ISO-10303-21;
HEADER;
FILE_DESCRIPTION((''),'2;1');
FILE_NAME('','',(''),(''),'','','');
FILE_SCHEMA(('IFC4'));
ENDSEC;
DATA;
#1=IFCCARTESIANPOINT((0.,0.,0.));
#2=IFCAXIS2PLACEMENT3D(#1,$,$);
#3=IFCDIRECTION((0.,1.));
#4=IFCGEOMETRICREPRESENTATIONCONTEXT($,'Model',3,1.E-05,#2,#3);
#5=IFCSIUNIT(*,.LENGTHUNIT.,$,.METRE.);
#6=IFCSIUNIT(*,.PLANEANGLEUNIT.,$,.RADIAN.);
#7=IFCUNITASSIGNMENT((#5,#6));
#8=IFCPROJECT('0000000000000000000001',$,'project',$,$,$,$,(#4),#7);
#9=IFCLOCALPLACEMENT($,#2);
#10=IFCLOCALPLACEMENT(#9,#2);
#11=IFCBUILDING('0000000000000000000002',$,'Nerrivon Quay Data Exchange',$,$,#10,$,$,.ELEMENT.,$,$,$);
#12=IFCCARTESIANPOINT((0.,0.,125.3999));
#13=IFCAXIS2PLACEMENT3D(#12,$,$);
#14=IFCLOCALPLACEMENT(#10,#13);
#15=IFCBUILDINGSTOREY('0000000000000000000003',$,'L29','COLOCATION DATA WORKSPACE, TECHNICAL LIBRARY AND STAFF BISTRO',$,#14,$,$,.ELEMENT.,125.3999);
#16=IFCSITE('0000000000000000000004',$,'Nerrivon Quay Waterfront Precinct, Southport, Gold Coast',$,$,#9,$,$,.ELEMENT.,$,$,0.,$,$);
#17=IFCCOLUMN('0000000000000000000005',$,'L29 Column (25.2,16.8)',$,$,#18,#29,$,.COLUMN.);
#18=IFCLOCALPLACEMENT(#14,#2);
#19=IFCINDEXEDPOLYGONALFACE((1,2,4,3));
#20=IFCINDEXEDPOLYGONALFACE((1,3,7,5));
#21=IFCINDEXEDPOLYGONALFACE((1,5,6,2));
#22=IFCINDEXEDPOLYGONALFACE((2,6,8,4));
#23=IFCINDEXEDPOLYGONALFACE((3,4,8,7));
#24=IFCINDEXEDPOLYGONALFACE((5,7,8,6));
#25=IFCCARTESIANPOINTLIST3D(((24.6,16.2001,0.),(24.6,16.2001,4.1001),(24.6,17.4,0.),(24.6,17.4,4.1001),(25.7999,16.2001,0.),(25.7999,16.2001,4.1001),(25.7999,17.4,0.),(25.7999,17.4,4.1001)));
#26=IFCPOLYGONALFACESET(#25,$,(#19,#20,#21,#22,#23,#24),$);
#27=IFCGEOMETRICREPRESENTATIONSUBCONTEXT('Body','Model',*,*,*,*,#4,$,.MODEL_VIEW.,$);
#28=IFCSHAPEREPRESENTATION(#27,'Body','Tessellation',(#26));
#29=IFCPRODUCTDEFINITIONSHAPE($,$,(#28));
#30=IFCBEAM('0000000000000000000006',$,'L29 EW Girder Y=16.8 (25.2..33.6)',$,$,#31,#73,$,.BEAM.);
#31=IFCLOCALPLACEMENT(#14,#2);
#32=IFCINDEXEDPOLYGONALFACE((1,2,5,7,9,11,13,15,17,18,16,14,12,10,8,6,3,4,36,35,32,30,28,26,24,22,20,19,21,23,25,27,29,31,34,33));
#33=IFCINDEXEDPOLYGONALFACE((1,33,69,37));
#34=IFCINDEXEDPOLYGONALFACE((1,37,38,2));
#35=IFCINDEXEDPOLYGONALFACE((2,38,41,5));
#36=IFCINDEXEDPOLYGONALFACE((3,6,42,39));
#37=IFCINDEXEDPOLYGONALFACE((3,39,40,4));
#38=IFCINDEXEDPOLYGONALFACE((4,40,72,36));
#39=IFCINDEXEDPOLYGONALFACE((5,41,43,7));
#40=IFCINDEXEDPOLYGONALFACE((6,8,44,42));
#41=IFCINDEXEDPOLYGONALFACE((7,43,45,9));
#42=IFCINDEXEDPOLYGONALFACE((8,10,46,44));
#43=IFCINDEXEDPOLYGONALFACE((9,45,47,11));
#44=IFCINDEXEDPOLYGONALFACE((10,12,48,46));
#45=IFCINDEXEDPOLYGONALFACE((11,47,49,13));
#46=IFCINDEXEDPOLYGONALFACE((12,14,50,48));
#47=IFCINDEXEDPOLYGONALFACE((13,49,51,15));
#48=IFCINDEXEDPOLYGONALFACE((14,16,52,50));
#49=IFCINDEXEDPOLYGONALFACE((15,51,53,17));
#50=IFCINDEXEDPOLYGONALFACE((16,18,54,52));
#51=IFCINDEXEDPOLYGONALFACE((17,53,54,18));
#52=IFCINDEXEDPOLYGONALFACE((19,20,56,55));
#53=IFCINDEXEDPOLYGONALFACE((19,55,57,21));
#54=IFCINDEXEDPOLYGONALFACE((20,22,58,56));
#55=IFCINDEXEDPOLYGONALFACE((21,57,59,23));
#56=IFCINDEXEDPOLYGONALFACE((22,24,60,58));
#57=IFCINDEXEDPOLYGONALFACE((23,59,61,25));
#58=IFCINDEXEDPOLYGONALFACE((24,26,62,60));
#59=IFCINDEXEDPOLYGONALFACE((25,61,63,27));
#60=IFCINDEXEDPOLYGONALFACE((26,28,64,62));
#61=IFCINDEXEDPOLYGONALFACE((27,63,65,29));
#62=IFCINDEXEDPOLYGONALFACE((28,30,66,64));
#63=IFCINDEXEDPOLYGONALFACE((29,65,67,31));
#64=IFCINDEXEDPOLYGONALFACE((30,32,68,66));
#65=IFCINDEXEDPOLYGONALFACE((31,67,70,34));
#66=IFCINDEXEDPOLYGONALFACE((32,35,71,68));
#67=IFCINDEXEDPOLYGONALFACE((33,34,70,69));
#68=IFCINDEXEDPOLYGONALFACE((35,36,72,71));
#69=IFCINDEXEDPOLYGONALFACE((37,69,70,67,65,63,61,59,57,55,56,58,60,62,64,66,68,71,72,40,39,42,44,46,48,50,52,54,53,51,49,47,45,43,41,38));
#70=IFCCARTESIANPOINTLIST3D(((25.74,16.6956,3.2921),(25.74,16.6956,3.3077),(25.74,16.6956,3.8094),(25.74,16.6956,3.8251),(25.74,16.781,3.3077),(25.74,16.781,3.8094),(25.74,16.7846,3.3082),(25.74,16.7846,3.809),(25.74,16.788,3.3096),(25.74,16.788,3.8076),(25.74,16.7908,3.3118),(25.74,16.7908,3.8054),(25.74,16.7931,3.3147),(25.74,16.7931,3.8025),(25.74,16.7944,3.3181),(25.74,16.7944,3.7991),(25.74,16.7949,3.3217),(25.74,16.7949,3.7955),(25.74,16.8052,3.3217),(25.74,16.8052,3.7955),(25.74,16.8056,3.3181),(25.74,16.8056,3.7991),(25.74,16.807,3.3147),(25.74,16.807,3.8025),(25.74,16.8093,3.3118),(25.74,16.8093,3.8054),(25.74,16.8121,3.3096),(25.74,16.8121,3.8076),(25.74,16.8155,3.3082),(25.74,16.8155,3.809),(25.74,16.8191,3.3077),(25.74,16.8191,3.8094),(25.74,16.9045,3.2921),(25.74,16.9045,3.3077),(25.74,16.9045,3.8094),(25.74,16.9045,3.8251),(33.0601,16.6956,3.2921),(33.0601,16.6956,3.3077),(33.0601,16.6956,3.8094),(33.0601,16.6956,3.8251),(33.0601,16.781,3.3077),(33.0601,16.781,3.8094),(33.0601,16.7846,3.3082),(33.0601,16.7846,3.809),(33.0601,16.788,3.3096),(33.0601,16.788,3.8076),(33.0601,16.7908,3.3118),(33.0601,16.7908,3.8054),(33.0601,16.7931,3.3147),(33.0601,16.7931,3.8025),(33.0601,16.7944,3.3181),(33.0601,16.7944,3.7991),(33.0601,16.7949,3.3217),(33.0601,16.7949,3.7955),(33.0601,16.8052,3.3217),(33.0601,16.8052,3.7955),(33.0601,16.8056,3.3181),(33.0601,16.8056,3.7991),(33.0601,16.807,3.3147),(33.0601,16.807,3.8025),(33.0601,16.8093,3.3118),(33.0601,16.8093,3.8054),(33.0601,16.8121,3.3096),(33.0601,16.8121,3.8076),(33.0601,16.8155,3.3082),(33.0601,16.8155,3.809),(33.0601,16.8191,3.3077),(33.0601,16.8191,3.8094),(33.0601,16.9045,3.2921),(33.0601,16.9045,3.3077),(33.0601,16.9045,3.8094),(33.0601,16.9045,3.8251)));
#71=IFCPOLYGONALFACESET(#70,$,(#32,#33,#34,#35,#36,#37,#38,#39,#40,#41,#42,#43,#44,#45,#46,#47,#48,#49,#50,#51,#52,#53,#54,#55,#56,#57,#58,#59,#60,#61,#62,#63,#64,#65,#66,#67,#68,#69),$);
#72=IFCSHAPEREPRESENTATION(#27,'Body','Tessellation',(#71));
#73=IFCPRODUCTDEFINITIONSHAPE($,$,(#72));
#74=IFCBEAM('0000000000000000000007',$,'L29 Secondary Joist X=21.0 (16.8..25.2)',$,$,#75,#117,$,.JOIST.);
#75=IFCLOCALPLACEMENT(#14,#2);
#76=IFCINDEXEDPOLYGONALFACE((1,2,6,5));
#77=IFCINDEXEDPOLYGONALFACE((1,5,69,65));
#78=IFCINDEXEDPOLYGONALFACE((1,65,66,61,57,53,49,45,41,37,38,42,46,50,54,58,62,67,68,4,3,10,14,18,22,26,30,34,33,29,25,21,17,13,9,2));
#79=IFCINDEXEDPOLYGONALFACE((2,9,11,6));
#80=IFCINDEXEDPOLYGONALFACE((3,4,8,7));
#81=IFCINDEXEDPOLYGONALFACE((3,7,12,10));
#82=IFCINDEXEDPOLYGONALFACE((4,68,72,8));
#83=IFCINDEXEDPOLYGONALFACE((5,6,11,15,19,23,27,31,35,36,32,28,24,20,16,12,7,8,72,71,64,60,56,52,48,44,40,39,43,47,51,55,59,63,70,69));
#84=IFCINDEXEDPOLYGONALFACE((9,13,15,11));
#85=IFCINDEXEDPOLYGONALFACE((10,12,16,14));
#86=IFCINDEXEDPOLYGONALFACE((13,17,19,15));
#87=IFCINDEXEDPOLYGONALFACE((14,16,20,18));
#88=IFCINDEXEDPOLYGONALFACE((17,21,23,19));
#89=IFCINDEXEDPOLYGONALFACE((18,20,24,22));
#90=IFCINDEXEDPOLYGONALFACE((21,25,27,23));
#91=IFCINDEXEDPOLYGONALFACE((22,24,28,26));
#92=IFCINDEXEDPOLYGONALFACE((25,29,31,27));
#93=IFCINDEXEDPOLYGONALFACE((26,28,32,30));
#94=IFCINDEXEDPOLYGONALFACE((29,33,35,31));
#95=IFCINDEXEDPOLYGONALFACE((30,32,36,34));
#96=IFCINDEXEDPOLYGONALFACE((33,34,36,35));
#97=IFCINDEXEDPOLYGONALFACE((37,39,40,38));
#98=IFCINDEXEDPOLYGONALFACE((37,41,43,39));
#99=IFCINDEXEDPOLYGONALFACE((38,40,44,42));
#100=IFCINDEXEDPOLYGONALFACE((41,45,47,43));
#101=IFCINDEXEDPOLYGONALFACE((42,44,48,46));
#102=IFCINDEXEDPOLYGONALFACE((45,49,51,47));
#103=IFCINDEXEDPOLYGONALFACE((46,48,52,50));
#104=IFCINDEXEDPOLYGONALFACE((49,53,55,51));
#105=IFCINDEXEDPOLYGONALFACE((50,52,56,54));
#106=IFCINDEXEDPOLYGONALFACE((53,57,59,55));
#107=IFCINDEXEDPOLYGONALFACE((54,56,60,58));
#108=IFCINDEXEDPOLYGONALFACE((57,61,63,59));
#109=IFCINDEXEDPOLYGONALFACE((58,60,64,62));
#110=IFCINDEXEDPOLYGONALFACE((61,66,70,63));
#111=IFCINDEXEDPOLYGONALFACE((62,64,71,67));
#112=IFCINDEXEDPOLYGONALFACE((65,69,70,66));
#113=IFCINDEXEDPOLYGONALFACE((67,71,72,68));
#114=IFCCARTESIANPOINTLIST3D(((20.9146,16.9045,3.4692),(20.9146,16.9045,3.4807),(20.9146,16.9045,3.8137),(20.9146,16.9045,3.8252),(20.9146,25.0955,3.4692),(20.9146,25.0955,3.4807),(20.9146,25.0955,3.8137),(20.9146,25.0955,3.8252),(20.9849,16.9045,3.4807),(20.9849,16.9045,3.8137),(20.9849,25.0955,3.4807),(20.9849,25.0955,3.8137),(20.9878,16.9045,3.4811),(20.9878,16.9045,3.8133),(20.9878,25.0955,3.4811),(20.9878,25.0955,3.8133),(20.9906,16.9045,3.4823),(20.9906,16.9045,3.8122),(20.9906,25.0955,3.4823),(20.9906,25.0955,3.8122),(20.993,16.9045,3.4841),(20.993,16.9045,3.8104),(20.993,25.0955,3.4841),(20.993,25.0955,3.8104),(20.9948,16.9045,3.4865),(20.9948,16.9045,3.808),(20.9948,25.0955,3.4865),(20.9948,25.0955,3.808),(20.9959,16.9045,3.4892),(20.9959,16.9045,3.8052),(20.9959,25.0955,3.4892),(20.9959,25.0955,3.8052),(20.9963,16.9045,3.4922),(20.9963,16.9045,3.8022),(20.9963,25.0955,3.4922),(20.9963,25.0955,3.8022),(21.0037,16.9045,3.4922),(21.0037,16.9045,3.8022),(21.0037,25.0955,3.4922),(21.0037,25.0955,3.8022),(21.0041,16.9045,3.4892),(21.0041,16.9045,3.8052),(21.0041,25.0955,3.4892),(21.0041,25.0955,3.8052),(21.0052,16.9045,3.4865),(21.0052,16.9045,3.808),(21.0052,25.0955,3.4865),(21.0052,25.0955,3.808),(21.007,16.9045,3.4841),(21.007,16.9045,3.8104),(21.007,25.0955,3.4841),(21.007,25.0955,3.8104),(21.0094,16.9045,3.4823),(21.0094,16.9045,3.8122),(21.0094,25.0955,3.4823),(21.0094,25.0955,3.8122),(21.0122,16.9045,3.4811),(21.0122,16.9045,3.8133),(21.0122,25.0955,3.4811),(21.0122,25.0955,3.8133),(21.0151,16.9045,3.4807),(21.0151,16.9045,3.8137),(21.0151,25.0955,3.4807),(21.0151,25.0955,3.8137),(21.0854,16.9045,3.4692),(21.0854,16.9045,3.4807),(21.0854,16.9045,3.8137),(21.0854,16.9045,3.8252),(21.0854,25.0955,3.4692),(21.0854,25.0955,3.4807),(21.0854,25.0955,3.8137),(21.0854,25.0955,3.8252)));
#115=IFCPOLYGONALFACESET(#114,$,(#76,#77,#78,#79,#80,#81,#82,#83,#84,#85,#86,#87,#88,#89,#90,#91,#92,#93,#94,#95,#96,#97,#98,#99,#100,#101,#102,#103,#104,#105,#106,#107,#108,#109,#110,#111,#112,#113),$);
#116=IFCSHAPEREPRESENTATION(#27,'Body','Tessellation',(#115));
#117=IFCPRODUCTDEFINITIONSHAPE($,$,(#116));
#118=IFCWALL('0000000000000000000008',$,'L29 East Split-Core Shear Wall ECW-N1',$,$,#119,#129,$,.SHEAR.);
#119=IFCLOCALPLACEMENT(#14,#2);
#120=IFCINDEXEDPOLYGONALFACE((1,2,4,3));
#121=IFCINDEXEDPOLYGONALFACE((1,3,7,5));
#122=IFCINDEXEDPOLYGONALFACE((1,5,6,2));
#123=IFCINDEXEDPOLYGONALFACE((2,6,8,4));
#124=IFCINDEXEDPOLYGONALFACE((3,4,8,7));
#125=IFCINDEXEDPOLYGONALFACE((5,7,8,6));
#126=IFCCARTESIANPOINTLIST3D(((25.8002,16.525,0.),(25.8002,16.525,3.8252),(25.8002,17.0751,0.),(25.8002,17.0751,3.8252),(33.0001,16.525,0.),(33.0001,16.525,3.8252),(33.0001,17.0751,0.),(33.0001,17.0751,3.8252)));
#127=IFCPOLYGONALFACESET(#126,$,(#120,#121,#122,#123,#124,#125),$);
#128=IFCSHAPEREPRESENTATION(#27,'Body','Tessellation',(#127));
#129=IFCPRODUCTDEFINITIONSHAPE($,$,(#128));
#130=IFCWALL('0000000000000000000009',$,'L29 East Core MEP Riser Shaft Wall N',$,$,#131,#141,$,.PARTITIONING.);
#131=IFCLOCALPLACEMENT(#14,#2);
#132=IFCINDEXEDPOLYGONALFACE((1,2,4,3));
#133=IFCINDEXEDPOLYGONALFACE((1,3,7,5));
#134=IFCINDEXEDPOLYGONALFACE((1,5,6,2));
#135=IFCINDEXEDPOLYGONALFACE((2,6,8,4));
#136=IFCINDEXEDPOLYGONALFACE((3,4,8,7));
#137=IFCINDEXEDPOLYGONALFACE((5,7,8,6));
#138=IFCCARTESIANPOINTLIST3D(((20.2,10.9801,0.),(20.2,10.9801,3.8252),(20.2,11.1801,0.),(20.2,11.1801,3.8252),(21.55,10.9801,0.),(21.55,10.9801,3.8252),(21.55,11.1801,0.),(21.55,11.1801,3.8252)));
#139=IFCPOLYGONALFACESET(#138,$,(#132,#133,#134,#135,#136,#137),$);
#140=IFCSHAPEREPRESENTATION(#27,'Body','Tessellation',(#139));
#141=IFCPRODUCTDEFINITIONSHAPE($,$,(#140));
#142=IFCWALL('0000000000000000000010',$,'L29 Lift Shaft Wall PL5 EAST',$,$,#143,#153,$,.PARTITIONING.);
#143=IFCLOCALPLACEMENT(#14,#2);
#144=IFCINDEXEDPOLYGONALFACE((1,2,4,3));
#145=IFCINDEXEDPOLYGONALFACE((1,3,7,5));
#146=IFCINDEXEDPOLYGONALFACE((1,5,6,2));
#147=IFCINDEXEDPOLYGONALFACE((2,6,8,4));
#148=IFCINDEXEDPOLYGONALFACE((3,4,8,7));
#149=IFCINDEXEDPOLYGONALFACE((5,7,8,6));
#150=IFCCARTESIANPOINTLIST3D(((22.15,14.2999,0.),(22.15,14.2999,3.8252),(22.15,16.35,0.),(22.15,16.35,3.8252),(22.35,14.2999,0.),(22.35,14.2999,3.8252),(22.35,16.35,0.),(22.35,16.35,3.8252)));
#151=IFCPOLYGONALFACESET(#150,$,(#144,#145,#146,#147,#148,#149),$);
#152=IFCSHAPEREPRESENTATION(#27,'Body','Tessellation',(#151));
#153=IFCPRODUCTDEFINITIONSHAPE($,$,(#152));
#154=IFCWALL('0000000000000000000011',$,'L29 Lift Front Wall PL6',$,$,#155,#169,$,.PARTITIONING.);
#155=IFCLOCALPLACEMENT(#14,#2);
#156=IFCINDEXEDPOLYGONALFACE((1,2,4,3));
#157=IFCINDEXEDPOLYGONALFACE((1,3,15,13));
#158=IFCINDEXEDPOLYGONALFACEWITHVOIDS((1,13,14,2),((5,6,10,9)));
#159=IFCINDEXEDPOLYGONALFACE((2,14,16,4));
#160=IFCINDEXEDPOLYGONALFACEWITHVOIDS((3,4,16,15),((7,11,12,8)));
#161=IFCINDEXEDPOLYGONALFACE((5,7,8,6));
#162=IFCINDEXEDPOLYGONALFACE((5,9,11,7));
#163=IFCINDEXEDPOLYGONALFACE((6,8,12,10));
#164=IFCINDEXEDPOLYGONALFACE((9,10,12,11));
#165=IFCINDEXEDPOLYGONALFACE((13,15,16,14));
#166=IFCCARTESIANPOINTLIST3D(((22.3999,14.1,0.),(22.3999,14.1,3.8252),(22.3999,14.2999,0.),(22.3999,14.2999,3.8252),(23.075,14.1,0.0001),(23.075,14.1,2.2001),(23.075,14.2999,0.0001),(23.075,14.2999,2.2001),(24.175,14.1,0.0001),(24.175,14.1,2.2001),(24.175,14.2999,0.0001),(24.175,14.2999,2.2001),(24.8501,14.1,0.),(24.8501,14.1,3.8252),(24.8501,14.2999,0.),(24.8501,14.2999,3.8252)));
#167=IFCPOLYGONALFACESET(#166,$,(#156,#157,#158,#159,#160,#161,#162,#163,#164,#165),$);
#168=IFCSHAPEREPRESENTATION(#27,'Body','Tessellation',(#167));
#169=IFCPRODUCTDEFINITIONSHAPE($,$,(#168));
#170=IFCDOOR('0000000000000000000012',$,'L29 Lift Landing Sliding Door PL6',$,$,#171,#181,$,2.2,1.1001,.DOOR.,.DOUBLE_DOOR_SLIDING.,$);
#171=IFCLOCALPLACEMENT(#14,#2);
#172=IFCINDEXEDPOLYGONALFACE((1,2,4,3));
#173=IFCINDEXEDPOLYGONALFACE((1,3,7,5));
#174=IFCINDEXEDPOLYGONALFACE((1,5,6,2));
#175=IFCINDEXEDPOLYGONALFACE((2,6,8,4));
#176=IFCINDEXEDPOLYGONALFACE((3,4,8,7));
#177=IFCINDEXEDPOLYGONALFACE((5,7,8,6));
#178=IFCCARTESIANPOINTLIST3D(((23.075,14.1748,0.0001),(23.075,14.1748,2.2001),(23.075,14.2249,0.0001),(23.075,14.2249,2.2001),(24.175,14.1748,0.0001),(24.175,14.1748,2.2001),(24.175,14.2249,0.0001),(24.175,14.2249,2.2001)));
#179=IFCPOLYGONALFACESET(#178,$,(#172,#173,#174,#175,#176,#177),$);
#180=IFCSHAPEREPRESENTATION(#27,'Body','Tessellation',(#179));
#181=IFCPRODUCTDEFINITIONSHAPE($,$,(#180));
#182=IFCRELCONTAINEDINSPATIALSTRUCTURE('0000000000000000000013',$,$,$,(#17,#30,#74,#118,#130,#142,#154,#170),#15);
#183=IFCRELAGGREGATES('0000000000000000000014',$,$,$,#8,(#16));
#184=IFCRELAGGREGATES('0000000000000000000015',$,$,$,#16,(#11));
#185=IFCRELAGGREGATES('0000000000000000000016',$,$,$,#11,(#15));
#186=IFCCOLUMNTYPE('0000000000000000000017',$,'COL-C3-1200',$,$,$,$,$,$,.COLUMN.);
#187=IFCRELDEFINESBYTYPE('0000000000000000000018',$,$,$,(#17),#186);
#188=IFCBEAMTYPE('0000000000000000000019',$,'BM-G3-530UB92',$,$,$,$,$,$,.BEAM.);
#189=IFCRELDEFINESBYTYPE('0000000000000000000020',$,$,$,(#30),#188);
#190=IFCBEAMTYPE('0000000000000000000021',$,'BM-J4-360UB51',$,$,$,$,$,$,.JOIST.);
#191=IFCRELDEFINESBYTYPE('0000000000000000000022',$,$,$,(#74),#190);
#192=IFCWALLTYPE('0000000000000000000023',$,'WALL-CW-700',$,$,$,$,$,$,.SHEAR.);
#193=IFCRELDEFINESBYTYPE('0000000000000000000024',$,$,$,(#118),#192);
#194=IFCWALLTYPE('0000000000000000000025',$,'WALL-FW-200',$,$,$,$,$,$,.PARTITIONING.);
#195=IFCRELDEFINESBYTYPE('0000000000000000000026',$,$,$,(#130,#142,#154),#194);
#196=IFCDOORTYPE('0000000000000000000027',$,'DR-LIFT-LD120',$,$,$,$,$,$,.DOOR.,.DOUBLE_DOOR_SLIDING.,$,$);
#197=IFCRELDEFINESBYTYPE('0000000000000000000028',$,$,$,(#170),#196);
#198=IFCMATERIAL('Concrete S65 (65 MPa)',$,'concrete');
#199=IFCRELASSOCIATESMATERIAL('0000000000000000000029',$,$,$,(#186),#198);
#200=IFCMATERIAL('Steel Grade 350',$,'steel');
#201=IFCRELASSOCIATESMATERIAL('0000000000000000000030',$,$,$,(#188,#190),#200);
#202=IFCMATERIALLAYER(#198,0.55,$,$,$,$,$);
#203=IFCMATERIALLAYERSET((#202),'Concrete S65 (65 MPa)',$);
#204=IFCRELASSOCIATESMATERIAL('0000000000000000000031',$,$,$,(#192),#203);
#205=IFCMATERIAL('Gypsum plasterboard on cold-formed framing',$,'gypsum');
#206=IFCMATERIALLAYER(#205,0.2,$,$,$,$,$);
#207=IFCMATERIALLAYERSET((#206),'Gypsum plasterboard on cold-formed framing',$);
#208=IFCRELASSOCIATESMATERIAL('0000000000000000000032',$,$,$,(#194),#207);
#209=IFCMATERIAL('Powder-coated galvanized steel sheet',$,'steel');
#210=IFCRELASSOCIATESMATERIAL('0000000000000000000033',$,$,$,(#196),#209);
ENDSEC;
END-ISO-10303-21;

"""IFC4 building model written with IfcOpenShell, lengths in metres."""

from ifc_helpers import new_model, si_unit, direction, frame, frame_2d, origin, origin_2d, place, context, subcontext, project, spatial, rectangle, i_section, extrude, material, layer, layer_set, material_profile, profile_set, type_object, element, fill, save


model = new_model("IFC4")

# Units and contexts
model_context = context("Model", 3, precision=1e-05, world=origin(), true_north=direction((0.0, 1.0)))
body_context = subcontext(model_context, "Body", "Model", "MODEL_VIEW")
ifc_project = project(units=[si_unit("LENGTHUNIT", "METRE"), si_unit("PLANEANGLEUNIT", "RADIAN")], contexts=[model_context])

# Site, building, storey
site_placement = place(None, origin())
site = spatial("IfcSite", under=ifc_project, at=site_placement, Name="Nerrivon Quay Waterfront Precinct, Southport, Gold Coast", CompositionType="ELEMENT", RefElevation=0.0)
building_placement = place(site_placement, origin())
building = spatial("IfcBuilding", under=site, at=building_placement, Name="Nerrivon Quay Data Exchange", CompositionType="ELEMENT")
storey_placement = place(building_placement, frame((0.0, 0.0, 125.3999)))
storey = spatial("IfcBuildingStorey", under=building, at=storey_placement, Name="L29", Description="COLOCATION DATA WORKSPACE, TECHNICAL LIBRARY AND STAFF BISTRO", CompositionType="ELEMENT", Elevation=125.3999)

# Column
ifc_material_1 = material(Name="Concrete S65 (65 MPa)", Category="concrete")
ifc_material_profile_1 = material_profile(ifc_material_1, rectangle(XDim=1.2, YDim=1.2, at=origin_2d()), Name="RC-COL-1200x1200")
ifc_profile_set_1 = profile_set([ifc_material_profile_1], Name="Concrete S65 (65 MPa)")
column_type = type_object("IfcColumnType", Name="COL-C3-1200", PredefinedType="COLUMN", material=ifc_profile_set_1)
column_placement = place(storey_placement, frame((25.2, 16.8, 0.0), z_axis=(0.0, 0.0, 1.0), x_axis=(1.0, 0.0, 0.0)))
element("IfcColumn", 1, at=column_placement, inside=storey, type_object=column_type, Name="L29 Column (25.2,16.8)", PredefinedType="COLUMN", context=body_context, shape_type="SweptSolid", body=[
    extrude(rectangle(XDim=1.2, YDim=1.2, at=origin_2d()), origin(), (0.0, 0.0, 1.0), 4.1001),
])

# Beams
ifc_material_2 = material(Name="Steel Grade 350", Category="steel")
ifc_material_profile_2 = material_profile(ifc_material_2, i_section(OverallWidth=0.209, OverallDepth=0.533, WebThickness=0.0103, FlangeThickness=0.0156, FilletRadius=0.0139, at=origin_2d()), Name="530UB92.4")
ifc_profile_set_2 = profile_set([ifc_material_profile_2], Name="Steel Grade 350")
beam_type_1 = type_object("IfcBeamType", Name="BM-G3-530UB92", PredefinedType="BEAM", material=ifc_profile_set_2)
beam_1_placement = place(storey_placement, frame((25.74, 16.8, 3.5586), z_axis=(1.0, 0.0, 0.0), x_axis=(0.0, 1.0, 0.0)))
element("IfcBeam", 2, at=beam_1_placement, inside=storey, type_object=beam_type_1, Name="L29 EW Girder Y=16.8 (25.2..33.6)", PredefinedType="BEAM", context=body_context, shape_type="SweptSolid", body=[
    extrude(i_section(OverallWidth=0.209, OverallDepth=0.533, WebThickness=0.0103, FlangeThickness=0.0156, FilletRadius=0.0139, at=origin_2d()), origin(), (0.0, 0.0, 1.0), 7.3201),
])
ifc_material_profile_3 = material_profile(ifc_material_2, i_section(OverallWidth=0.1709, OverallDepth=0.356, WebThickness=0.0073, FlangeThickness=0.0115, FilletRadius=0.0115, at=origin_2d()), Name="360UB50.7")
ifc_profile_set_3 = profile_set([ifc_material_profile_3], Name="Steel Grade 350")
beam_type_2 = type_object("IfcBeamType", Name="BM-J4-360UB51", PredefinedType="JOIST", material=ifc_profile_set_3)
beam_2_placement = place(storey_placement, frame((21.0, 16.9045, 3.6472), z_axis=(0.0, 1.0, 0.0), x_axis=(-1.0, 0.0, 0.0)))
element("IfcBeam", 3, at=beam_2_placement, inside=storey, type_object=beam_type_2, Name="L29 Secondary Joist X=21.0 (16.8..25.2)", PredefinedType="JOIST", context=body_context, shape_type="SweptSolid", body=[
    extrude(i_section(OverallWidth=0.1709, OverallDepth=0.356, WebThickness=0.0073, FlangeThickness=0.0115, FilletRadius=0.0115, at=origin_2d()), origin(), (0.0, 0.0, 1.0), 8.1909),
])

# Walls
ifc_layer_1 = layer(ifc_material_1, 0.55)
ifc_layer_set_1 = layer_set([ifc_layer_1], Name="Concrete S65 (65 MPa)")
wall_type_1 = type_object("IfcWallType", Name="WALL-CW-700", PredefinedType="SHEAR", material=ifc_layer_set_1)
wall_1_placement = place(storey_placement, frame((25.8, 16.8, 0.0), z_axis=(0.0, 0.0, 1.0), x_axis=(1.0, 0.0, 0.0)))
element("IfcWall", 4, at=wall_1_placement, inside=storey, type_object=wall_type_1, Name="L29 East Split-Core Shear Wall ECW-N1", PredefinedType="SHEAR", context=body_context, shape_type="SweptSolid", body=[
    extrude(rectangle(XDim=7.2, YDim=0.55, at=frame_2d((3.6001, 0.0))), origin(), (0.0, 0.0, 1.0), 3.8252),
])
ifc_material_3 = material(Name="Gypsum plasterboard on cold-formed framing", Category="gypsum")
ifc_layer_2 = layer(ifc_material_3, 0.2)
ifc_layer_set_2 = layer_set([ifc_layer_2], Name="Gypsum plasterboard on cold-formed framing")
wall_type_2 = type_object("IfcWallType", Name="WALL-FW-200", PredefinedType="PARTITIONING", material=ifc_layer_set_2)
wall_2_placement = place(storey_placement, frame((20.2, 11.0801, 0.0), z_axis=(0.0, 0.0, 1.0), x_axis=(1.0, 0.0, 0.0)))
element("IfcWall", 5, at=wall_2_placement, inside=storey, type_object=wall_type_2, Name="L29 East Core MEP Riser Shaft Wall N", PredefinedType="PARTITIONING", context=body_context, shape_type="SweptSolid", body=[
    extrude(rectangle(XDim=1.3501, YDim=0.2, at=frame_2d((0.675, 0.0))), origin(), (0.0, 0.0, 1.0), 3.8252),
])
wall_3_placement = place(storey_placement, frame((22.25, 14.3, 0.0), z_axis=(0.0, 0.0, 1.0), x_axis=(0.0, 1.0, 0.0)))
element("IfcWall", 6, at=wall_3_placement, inside=storey, type_object=wall_type_2, Name="L29 Lift Shaft Wall PL5 EAST", PredefinedType="PARTITIONING", context=body_context, shape_type="SweptSolid", body=[
    extrude(rectangle(XDim=2.05, YDim=0.2, at=frame_2d((1.0249, 0.0))), origin(), (0.0, 0.0, 1.0), 3.8252),
])

# Wall, opening, door
wall_4_placement = place(storey_placement, frame((22.3999, 14.2, 0.0), z_axis=(0.0, 0.0, 1.0), x_axis=(1.0, 0.0, 0.0)))
wall_4 = element("IfcWall", 7, at=wall_4_placement, inside=storey, type_object=wall_type_2, Name="L29 Lift Front Wall PL6", PredefinedType="PARTITIONING", context=body_context, shape_type="SweptSolid", body=[
    extrude(rectangle(XDim=2.4502, YDim=0.2, at=frame_2d((1.2251, 0.0))), origin(), (0.0, 0.0, 1.0), 3.8252),
])
opening_1_placement = place(wall_4_placement, frame((0.675, 0.0, 0.0)))
opening_1 = element("IfcOpeningElement", 8, at=opening_1_placement, cuts=wall_4, PredefinedType="OPENING", context=body_context, shape_type="SweptSolid", body=[
    extrude(rectangle(XDim=1.1001, YDim=2.2, at=frame_2d((0.55, 1.1001))), frame((0.0, 0.1099, 0.0), z_axis=(0.0, -1.0, 0.0), x_axis=(1.0, 0.0, 0.0)), (0.0, 0.0, 1.0), 0.22),
])
ifc_material_4 = material(Name="Powder-coated galvanized steel sheet", Category="steel")
door_type_1 = type_object("IfcDoorType", Name="DR-LIFT-LD120", OperationType="DOUBLE_DOOR_SLIDING", PredefinedType="DOOR", material=ifc_material_4)
door_1_placement = place(opening_1_placement, origin())
door_1 = element("IfcDoor", 9, at=door_1_placement, inside=storey, type_object=door_type_1, Name="L29 Lift Landing Sliding Door PL6", OperationType="DOUBLE_DOOR_SLIDING", OverallHeight=2.2, OverallWidth=1.1001, PredefinedType="DOOR", context=body_context, shape_type="SweptSolid", body=[
    extrude(rectangle(XDim=1.1001, YDim=2.2, at=frame_2d((0.55, 1.1001))), frame((0.0, 0.0249, 0.0), z_axis=(0.0, -1.0, 0.0), x_axis=(1.0, 0.0, 0.0)), (0.0, 0.0, 1.0), 0.05),
])
fill(opening_1, door_1)

save(model, "model.ifc")
